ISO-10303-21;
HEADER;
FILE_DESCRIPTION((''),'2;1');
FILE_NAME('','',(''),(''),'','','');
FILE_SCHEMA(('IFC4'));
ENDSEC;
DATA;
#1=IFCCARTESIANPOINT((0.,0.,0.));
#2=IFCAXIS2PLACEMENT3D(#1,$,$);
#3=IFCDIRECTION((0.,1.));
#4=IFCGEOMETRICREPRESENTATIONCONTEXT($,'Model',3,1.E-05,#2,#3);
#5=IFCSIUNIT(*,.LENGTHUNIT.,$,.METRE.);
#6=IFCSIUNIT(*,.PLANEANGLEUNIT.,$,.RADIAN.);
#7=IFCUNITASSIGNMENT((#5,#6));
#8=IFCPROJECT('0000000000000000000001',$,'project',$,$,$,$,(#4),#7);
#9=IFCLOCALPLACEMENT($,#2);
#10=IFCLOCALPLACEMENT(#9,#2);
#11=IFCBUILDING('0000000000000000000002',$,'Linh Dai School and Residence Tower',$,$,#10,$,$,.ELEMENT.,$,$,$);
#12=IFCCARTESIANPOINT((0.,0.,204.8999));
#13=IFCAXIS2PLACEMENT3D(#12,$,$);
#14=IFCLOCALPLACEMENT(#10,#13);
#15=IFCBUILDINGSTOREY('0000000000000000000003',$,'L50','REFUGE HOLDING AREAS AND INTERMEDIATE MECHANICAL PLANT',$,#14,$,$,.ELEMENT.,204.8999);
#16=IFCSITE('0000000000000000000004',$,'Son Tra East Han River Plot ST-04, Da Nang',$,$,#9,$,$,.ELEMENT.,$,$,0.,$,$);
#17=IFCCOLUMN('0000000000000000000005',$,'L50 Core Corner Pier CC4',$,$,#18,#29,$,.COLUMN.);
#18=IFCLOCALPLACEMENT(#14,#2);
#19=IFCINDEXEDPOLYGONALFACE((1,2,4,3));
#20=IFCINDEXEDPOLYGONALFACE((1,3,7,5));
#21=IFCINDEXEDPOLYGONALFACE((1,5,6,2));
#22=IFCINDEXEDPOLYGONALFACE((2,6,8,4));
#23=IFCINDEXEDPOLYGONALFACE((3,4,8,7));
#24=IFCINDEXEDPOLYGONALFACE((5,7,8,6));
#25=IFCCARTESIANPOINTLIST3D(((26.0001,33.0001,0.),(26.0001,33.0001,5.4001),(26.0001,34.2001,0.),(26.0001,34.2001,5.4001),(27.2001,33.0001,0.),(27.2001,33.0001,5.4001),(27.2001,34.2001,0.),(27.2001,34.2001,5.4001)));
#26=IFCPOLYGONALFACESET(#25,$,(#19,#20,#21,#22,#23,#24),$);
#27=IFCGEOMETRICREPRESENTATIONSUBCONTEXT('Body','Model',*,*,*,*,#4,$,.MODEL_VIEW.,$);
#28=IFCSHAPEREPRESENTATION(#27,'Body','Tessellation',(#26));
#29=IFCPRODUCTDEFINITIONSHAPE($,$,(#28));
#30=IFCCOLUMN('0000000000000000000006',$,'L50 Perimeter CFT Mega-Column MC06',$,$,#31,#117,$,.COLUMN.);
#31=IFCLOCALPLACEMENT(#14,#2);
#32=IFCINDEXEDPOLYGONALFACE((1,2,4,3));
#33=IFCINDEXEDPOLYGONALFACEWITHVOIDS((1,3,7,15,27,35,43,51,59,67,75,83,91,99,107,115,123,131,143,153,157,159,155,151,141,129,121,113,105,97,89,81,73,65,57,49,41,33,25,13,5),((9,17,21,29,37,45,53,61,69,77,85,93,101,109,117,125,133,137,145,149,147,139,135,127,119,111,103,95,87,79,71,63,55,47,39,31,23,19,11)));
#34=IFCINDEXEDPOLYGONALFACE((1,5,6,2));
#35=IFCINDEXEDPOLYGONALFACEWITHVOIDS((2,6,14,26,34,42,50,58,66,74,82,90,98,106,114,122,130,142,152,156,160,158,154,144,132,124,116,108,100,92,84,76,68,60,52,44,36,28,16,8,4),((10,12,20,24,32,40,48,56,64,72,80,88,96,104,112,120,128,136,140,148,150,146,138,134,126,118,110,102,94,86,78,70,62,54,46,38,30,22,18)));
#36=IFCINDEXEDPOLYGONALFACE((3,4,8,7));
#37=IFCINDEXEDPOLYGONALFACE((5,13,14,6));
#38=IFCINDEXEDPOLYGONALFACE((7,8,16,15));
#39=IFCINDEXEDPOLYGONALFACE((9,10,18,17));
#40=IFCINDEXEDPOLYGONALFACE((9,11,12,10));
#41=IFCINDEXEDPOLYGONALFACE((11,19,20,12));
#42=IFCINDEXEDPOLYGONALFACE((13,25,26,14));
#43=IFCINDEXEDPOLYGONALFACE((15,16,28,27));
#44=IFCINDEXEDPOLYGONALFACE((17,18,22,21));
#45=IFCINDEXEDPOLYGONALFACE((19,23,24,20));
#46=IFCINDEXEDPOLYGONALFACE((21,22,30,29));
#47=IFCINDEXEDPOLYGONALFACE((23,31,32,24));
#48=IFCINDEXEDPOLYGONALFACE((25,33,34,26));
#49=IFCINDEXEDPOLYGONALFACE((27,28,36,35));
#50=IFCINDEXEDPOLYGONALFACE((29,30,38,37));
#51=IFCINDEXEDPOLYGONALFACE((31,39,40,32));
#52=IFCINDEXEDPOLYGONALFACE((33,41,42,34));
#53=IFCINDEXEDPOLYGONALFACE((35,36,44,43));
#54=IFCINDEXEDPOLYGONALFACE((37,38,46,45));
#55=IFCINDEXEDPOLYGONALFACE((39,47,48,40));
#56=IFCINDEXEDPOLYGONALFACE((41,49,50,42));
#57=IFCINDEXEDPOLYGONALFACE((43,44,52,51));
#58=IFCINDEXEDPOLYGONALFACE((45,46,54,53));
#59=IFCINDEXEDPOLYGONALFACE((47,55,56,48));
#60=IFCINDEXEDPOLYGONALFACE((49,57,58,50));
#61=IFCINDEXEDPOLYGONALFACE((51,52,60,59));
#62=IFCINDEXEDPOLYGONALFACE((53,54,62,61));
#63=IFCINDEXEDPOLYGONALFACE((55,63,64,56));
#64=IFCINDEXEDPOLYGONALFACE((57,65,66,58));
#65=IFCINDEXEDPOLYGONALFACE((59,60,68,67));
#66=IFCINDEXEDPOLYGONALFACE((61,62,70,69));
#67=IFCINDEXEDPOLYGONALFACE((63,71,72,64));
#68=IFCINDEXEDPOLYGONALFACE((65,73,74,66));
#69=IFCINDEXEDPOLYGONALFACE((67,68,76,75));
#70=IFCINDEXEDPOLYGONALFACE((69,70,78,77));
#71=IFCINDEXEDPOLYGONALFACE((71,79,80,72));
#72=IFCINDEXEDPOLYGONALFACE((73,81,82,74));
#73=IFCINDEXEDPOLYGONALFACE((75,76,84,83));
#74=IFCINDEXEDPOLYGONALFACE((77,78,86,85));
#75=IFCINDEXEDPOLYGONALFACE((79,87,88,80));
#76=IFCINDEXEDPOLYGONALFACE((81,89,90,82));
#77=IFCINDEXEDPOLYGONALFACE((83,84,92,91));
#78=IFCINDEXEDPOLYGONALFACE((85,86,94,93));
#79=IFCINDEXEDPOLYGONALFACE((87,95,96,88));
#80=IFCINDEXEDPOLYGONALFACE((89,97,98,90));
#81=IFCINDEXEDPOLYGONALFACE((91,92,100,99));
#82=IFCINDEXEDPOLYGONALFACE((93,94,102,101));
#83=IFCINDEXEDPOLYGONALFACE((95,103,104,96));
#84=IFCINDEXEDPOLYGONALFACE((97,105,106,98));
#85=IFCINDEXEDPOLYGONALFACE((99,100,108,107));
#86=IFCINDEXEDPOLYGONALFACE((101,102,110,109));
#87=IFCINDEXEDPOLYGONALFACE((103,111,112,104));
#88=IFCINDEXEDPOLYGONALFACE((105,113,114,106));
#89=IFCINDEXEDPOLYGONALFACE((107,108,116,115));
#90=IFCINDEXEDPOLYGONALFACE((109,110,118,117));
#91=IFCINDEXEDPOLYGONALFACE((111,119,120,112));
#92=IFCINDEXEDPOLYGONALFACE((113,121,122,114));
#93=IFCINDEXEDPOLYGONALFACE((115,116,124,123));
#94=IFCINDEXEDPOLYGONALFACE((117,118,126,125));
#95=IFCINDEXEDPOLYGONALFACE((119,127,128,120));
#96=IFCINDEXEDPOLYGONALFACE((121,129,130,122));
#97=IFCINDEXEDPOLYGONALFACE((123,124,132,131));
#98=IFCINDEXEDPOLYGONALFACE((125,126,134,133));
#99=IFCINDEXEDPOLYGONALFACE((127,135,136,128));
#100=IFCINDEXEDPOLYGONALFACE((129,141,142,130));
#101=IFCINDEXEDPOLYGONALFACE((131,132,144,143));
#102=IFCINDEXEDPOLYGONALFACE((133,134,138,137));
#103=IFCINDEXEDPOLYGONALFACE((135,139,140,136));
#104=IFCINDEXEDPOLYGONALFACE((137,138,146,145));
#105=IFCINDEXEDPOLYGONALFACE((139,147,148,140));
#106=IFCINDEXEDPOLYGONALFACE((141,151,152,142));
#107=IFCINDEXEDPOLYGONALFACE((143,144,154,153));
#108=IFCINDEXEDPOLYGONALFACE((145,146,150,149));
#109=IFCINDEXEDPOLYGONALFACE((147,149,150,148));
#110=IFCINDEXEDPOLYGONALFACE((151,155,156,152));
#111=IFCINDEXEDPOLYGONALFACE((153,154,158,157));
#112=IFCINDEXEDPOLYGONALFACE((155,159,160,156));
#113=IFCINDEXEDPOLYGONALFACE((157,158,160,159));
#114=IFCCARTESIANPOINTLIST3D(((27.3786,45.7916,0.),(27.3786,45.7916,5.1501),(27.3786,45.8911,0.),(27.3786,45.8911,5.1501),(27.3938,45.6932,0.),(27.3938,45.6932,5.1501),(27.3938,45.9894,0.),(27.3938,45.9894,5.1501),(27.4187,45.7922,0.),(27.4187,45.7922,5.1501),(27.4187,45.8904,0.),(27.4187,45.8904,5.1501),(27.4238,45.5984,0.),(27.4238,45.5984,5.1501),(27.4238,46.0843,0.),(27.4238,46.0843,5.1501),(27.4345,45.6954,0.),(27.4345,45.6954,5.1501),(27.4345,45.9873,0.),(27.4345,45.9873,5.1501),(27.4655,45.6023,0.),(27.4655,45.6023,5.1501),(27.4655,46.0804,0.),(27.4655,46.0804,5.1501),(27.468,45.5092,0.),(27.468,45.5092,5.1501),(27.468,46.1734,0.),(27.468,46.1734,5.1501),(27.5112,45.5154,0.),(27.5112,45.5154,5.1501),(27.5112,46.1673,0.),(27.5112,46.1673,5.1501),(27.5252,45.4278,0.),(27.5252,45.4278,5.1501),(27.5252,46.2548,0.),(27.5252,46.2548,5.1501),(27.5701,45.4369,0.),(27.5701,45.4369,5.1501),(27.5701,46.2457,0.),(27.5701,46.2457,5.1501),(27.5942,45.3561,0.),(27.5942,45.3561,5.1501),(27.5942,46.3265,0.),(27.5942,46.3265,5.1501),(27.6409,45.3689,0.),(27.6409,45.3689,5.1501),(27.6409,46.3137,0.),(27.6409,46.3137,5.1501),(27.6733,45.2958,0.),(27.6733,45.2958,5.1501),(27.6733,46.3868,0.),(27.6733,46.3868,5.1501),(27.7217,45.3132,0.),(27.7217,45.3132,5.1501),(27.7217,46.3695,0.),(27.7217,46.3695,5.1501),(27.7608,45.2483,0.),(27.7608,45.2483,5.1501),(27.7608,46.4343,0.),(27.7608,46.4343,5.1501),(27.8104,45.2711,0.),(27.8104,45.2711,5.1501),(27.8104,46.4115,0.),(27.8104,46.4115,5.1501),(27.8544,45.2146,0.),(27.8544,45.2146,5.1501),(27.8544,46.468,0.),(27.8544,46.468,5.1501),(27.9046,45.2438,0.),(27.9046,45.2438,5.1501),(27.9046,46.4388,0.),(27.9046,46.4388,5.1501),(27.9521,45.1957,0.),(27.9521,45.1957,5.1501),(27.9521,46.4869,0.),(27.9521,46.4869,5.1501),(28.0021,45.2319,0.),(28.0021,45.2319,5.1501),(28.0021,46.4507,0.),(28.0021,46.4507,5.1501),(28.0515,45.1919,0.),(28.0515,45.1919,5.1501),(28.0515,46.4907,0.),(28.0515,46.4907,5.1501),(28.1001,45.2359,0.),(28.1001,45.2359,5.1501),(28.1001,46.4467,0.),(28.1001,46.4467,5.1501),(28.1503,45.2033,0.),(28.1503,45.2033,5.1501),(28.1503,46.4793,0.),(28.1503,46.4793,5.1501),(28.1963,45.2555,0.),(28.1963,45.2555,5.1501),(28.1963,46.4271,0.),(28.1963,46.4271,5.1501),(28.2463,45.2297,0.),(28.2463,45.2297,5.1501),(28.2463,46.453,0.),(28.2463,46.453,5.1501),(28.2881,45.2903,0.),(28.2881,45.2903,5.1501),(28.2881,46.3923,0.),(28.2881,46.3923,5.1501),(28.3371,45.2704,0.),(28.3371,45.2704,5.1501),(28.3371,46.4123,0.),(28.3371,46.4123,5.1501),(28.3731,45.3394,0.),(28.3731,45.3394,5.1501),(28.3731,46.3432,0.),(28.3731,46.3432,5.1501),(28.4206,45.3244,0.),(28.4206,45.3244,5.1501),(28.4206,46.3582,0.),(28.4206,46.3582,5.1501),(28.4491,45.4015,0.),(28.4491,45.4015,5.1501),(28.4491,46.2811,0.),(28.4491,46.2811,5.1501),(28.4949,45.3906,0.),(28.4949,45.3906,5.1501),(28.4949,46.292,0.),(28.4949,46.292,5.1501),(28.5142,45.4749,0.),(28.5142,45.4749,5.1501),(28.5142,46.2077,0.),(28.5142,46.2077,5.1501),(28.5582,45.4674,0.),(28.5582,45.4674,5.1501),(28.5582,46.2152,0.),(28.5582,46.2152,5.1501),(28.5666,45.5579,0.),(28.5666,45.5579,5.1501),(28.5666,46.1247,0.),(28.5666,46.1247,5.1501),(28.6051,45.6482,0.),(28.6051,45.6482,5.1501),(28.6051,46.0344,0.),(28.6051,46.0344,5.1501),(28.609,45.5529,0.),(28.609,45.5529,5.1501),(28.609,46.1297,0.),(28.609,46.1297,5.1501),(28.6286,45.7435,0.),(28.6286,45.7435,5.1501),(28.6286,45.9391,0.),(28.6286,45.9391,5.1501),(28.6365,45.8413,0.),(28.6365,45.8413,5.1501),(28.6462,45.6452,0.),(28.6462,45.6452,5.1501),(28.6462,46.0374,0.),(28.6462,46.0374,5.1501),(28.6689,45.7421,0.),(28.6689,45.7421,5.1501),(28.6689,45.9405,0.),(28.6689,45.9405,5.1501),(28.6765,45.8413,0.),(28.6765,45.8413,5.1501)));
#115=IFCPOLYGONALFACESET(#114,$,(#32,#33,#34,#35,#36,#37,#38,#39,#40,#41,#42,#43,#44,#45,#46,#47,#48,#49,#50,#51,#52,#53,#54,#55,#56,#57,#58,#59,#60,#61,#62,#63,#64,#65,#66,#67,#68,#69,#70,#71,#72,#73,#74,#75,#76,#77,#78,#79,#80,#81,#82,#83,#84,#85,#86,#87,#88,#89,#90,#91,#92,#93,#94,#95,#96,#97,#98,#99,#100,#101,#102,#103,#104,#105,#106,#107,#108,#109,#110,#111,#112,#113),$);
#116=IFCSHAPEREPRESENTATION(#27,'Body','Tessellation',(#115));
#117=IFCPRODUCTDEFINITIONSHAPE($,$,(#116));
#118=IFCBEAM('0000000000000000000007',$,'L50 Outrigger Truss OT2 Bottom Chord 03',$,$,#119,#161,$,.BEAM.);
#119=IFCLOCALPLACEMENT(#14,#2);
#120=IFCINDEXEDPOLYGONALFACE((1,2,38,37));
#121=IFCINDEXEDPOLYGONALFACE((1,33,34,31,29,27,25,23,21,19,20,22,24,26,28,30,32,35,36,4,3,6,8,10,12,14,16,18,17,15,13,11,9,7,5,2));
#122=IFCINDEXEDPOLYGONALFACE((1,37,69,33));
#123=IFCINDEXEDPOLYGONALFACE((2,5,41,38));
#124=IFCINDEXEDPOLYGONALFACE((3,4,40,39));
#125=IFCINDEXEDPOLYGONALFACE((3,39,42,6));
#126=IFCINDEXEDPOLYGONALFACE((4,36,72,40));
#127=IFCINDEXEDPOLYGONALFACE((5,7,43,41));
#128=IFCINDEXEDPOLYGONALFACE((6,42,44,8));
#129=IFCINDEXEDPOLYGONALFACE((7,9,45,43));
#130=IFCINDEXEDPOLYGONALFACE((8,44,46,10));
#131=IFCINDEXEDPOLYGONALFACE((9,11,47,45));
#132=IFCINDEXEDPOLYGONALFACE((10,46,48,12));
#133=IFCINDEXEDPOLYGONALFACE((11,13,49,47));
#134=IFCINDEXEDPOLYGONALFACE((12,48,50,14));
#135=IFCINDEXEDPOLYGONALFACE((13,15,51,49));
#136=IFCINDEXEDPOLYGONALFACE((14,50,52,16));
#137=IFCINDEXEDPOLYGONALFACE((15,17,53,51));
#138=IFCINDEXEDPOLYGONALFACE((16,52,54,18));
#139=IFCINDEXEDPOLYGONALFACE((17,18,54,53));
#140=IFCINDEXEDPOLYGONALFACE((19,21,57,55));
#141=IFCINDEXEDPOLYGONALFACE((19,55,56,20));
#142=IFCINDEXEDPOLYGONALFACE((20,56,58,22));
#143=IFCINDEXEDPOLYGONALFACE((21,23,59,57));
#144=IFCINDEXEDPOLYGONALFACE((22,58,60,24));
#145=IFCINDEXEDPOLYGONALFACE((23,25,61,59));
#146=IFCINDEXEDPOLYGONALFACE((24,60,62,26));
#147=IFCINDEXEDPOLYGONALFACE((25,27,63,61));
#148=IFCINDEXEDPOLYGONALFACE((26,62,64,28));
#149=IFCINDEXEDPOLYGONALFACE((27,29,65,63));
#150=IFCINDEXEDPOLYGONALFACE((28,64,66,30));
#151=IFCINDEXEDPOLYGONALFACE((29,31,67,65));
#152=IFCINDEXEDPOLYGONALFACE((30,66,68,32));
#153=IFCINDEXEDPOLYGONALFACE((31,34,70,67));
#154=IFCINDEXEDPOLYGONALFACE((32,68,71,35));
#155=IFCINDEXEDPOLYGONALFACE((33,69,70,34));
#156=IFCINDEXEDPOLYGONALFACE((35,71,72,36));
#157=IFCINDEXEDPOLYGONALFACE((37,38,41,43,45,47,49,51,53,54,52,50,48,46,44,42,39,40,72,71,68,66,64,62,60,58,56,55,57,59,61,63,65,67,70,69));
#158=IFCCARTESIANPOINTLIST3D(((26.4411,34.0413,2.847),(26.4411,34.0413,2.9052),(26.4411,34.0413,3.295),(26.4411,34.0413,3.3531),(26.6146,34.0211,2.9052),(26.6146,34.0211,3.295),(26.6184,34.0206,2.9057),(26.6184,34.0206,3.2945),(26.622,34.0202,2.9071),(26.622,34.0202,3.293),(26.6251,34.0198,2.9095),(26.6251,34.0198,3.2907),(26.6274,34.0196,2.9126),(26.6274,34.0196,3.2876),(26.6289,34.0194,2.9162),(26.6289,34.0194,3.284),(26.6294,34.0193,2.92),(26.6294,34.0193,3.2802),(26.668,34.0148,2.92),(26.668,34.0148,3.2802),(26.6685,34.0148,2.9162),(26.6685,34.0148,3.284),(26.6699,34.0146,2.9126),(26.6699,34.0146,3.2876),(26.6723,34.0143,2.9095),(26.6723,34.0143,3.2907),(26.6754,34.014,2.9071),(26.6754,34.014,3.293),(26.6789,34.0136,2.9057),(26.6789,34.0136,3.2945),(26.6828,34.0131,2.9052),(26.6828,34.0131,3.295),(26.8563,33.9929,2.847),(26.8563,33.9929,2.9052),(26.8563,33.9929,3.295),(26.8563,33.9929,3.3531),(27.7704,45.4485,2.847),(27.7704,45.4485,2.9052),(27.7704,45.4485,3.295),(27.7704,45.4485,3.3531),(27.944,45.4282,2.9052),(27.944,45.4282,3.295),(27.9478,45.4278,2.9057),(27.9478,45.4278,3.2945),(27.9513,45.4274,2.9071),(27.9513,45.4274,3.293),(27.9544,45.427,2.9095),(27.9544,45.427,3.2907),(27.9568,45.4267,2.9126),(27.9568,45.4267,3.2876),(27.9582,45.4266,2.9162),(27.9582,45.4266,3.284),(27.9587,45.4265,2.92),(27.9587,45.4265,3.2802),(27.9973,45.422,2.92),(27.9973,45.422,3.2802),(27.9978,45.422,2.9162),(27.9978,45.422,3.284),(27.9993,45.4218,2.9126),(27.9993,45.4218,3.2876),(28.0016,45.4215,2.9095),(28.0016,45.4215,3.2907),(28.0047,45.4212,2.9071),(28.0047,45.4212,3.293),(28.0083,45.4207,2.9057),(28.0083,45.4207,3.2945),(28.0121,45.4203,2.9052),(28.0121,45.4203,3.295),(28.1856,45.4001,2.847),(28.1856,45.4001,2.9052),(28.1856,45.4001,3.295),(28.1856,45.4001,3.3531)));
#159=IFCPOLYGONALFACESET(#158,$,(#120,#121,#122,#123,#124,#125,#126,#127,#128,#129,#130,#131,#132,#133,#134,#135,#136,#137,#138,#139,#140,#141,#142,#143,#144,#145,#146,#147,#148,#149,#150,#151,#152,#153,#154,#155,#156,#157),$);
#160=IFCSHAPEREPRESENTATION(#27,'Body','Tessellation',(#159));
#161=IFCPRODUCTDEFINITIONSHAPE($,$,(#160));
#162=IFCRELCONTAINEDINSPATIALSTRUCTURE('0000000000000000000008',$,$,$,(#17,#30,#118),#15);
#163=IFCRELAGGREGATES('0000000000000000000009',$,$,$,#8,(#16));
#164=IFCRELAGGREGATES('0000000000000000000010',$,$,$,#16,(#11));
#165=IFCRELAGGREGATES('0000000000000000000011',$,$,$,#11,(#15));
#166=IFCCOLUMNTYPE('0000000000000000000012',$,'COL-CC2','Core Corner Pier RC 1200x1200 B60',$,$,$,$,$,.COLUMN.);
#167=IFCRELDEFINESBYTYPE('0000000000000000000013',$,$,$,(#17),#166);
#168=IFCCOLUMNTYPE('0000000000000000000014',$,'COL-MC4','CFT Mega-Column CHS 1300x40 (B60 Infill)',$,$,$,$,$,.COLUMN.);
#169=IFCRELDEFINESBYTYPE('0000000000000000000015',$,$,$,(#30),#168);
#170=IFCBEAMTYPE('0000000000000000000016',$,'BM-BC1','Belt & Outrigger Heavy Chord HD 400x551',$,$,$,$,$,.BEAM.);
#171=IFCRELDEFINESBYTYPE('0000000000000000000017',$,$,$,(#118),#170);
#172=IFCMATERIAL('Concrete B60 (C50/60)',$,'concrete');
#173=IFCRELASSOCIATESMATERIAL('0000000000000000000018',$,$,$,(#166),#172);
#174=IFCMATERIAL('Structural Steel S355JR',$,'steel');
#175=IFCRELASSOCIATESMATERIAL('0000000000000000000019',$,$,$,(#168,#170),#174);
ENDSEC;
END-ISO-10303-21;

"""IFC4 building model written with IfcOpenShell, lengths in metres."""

from ifc_helpers import new_model, si_unit, direction, frame, origin, origin_2d, place, context, subcontext, project, spatial, rectangle, hollow_circle, i_section, extrude, material, material_profile, profile_set, type_object, element, save


model = new_model("IFC4")

# Units and contexts
model_context = context("Model", 3, precision=1e-05, world=origin(), true_north=direction((0.0, 1.0)))
body_context = subcontext(model_context, "Body", "Model", "MODEL_VIEW")
ifc_project = project(units=[si_unit("LENGTHUNIT", "METRE"), si_unit("PLANEANGLEUNIT", "RADIAN")], contexts=[model_context])

# Site, building, storey
site_placement = place(None, origin())
site = spatial("IfcSite", under=ifc_project, at=site_placement, Name="Son Tra East Han River Plot ST-04, Da Nang", CompositionType="ELEMENT", RefElevation=0.0)
building_placement = place(site_placement, origin())
building = spatial("IfcBuilding", under=site, at=building_placement, Name="Linh Dai School and Residence Tower", CompositionType="ELEMENT")
storey_placement = place(building_placement, frame((0.0, 0.0, 204.8999)))
storey = spatial("IfcBuildingStorey", under=building, at=storey_placement, Name="L50", Description="REFUGE HOLDING AREAS AND INTERMEDIATE MECHANICAL PLANT", CompositionType="ELEMENT", Elevation=204.8999)

# Columns
ifc_material_1 = material(Name="Concrete B60 (C50/60)", Category="concrete")
ifc_material_profile_1 = material_profile(ifc_material_1, rectangle(XDim=1.2, YDim=1.2, at=origin_2d()), Name="RC 1200x1200")
ifc_profile_set_1 = profile_set([ifc_material_profile_1], Name="Concrete B60 (C50/60)")
column_type_1 = type_object("IfcColumnType", Name="COL-CC2", Description="Core Corner Pier RC 1200x1200 B60", PredefinedType="COLUMN", material=ifc_profile_set_1)
column_1_placement = place(storey_placement, frame((26.6001, 33.6001, 0.0), z_axis=(0.0, 0.0, 1.0), x_axis=(1.0, 0.0, 0.0)))
element("IfcColumn", 1, at=column_1_placement, inside=storey, type_object=column_type_1, Name="L50 Core Corner Pier CC4", PredefinedType="COLUMN", context=body_context, shape_type="SweptSolid", body=[
    extrude(rectangle(XDim=1.2, YDim=1.2, at=origin_2d()), origin(), (0.0, 0.0, 1.0), 5.4001),
])
ifc_material_2 = material(Name="Structural Steel S355JR", Category="steel")
ifc_material_profile_2 = material_profile(ifc_material_2, hollow_circle(Radius=0.6499, WallThickness=0.04, at=origin_2d()), Name="CHS 1300x40")
ifc_profile_set_2 = profile_set([ifc_material_profile_2], Name="Structural Steel S355JR")
column_type_2 = type_object("IfcColumnType", Name="COL-MC4", Description="CFT Mega-Column CHS 1300x40 (B60 Infill)", PredefinedType="COLUMN", material=ifc_profile_set_2)
column_2_placement = place(storey_placement, frame((28.0266, 45.8413, 0.0), z_axis=(0.0, 0.0, 1.0), x_axis=(1.0, 0.0, 0.0)))
element("IfcColumn", 2, at=column_2_placement, inside=storey, type_object=column_type_2, Name="L50 Perimeter CFT Mega-Column MC06", PredefinedType="COLUMN", context=body_context, shape_type="SweptSolid", body=[
    extrude(hollow_circle(Radius=0.6499, WallThickness=0.04, at=origin_2d()), origin(), (0.0, 0.0, 1.0), 5.1501),
])

# Beam
ifc_material_profile_3 = material_profile(ifc_material_2, i_section(OverallWidth=0.418, OverallDepth=0.5061, WebThickness=0.0388, FlangeThickness=0.0581, FilletRadius=0.0149, at=origin_2d()), Name="HD 400x551")
ifc_profile_set_3 = profile_set([ifc_material_profile_3], Name="Structural Steel S355JR")
beam_type_1 = type_object("IfcBeamType", Name="BM-BC1", Description="Belt & Outrigger Heavy Chord HD 400x551", PredefinedType="BEAM", material=ifc_profile_set_3)
beam_1_placement = place(storey_placement, frame((26.6487, 34.0171, 3.1001), z_axis=(0.115752, 0.993278, 0.0), x_axis=(-0.993278, 0.115752, 0.0)))
element("IfcBeam", 3, at=beam_1_placement, inside=storey, type_object=beam_type_1, Name="L50 Outrigger Truss OT2 Bottom Chord 03", PredefinedType="BEAM", context=body_context, shape_type="SweptSolid", body=[
    extrude(i_section(OverallWidth=0.418, OverallDepth=0.5061, WebThickness=0.0388, FlangeThickness=0.0581, FilletRadius=0.0149, at=origin_2d()), origin(), (0.0, 0.0, 1.0), 11.4844),
])

save(model, "model.ifc")
